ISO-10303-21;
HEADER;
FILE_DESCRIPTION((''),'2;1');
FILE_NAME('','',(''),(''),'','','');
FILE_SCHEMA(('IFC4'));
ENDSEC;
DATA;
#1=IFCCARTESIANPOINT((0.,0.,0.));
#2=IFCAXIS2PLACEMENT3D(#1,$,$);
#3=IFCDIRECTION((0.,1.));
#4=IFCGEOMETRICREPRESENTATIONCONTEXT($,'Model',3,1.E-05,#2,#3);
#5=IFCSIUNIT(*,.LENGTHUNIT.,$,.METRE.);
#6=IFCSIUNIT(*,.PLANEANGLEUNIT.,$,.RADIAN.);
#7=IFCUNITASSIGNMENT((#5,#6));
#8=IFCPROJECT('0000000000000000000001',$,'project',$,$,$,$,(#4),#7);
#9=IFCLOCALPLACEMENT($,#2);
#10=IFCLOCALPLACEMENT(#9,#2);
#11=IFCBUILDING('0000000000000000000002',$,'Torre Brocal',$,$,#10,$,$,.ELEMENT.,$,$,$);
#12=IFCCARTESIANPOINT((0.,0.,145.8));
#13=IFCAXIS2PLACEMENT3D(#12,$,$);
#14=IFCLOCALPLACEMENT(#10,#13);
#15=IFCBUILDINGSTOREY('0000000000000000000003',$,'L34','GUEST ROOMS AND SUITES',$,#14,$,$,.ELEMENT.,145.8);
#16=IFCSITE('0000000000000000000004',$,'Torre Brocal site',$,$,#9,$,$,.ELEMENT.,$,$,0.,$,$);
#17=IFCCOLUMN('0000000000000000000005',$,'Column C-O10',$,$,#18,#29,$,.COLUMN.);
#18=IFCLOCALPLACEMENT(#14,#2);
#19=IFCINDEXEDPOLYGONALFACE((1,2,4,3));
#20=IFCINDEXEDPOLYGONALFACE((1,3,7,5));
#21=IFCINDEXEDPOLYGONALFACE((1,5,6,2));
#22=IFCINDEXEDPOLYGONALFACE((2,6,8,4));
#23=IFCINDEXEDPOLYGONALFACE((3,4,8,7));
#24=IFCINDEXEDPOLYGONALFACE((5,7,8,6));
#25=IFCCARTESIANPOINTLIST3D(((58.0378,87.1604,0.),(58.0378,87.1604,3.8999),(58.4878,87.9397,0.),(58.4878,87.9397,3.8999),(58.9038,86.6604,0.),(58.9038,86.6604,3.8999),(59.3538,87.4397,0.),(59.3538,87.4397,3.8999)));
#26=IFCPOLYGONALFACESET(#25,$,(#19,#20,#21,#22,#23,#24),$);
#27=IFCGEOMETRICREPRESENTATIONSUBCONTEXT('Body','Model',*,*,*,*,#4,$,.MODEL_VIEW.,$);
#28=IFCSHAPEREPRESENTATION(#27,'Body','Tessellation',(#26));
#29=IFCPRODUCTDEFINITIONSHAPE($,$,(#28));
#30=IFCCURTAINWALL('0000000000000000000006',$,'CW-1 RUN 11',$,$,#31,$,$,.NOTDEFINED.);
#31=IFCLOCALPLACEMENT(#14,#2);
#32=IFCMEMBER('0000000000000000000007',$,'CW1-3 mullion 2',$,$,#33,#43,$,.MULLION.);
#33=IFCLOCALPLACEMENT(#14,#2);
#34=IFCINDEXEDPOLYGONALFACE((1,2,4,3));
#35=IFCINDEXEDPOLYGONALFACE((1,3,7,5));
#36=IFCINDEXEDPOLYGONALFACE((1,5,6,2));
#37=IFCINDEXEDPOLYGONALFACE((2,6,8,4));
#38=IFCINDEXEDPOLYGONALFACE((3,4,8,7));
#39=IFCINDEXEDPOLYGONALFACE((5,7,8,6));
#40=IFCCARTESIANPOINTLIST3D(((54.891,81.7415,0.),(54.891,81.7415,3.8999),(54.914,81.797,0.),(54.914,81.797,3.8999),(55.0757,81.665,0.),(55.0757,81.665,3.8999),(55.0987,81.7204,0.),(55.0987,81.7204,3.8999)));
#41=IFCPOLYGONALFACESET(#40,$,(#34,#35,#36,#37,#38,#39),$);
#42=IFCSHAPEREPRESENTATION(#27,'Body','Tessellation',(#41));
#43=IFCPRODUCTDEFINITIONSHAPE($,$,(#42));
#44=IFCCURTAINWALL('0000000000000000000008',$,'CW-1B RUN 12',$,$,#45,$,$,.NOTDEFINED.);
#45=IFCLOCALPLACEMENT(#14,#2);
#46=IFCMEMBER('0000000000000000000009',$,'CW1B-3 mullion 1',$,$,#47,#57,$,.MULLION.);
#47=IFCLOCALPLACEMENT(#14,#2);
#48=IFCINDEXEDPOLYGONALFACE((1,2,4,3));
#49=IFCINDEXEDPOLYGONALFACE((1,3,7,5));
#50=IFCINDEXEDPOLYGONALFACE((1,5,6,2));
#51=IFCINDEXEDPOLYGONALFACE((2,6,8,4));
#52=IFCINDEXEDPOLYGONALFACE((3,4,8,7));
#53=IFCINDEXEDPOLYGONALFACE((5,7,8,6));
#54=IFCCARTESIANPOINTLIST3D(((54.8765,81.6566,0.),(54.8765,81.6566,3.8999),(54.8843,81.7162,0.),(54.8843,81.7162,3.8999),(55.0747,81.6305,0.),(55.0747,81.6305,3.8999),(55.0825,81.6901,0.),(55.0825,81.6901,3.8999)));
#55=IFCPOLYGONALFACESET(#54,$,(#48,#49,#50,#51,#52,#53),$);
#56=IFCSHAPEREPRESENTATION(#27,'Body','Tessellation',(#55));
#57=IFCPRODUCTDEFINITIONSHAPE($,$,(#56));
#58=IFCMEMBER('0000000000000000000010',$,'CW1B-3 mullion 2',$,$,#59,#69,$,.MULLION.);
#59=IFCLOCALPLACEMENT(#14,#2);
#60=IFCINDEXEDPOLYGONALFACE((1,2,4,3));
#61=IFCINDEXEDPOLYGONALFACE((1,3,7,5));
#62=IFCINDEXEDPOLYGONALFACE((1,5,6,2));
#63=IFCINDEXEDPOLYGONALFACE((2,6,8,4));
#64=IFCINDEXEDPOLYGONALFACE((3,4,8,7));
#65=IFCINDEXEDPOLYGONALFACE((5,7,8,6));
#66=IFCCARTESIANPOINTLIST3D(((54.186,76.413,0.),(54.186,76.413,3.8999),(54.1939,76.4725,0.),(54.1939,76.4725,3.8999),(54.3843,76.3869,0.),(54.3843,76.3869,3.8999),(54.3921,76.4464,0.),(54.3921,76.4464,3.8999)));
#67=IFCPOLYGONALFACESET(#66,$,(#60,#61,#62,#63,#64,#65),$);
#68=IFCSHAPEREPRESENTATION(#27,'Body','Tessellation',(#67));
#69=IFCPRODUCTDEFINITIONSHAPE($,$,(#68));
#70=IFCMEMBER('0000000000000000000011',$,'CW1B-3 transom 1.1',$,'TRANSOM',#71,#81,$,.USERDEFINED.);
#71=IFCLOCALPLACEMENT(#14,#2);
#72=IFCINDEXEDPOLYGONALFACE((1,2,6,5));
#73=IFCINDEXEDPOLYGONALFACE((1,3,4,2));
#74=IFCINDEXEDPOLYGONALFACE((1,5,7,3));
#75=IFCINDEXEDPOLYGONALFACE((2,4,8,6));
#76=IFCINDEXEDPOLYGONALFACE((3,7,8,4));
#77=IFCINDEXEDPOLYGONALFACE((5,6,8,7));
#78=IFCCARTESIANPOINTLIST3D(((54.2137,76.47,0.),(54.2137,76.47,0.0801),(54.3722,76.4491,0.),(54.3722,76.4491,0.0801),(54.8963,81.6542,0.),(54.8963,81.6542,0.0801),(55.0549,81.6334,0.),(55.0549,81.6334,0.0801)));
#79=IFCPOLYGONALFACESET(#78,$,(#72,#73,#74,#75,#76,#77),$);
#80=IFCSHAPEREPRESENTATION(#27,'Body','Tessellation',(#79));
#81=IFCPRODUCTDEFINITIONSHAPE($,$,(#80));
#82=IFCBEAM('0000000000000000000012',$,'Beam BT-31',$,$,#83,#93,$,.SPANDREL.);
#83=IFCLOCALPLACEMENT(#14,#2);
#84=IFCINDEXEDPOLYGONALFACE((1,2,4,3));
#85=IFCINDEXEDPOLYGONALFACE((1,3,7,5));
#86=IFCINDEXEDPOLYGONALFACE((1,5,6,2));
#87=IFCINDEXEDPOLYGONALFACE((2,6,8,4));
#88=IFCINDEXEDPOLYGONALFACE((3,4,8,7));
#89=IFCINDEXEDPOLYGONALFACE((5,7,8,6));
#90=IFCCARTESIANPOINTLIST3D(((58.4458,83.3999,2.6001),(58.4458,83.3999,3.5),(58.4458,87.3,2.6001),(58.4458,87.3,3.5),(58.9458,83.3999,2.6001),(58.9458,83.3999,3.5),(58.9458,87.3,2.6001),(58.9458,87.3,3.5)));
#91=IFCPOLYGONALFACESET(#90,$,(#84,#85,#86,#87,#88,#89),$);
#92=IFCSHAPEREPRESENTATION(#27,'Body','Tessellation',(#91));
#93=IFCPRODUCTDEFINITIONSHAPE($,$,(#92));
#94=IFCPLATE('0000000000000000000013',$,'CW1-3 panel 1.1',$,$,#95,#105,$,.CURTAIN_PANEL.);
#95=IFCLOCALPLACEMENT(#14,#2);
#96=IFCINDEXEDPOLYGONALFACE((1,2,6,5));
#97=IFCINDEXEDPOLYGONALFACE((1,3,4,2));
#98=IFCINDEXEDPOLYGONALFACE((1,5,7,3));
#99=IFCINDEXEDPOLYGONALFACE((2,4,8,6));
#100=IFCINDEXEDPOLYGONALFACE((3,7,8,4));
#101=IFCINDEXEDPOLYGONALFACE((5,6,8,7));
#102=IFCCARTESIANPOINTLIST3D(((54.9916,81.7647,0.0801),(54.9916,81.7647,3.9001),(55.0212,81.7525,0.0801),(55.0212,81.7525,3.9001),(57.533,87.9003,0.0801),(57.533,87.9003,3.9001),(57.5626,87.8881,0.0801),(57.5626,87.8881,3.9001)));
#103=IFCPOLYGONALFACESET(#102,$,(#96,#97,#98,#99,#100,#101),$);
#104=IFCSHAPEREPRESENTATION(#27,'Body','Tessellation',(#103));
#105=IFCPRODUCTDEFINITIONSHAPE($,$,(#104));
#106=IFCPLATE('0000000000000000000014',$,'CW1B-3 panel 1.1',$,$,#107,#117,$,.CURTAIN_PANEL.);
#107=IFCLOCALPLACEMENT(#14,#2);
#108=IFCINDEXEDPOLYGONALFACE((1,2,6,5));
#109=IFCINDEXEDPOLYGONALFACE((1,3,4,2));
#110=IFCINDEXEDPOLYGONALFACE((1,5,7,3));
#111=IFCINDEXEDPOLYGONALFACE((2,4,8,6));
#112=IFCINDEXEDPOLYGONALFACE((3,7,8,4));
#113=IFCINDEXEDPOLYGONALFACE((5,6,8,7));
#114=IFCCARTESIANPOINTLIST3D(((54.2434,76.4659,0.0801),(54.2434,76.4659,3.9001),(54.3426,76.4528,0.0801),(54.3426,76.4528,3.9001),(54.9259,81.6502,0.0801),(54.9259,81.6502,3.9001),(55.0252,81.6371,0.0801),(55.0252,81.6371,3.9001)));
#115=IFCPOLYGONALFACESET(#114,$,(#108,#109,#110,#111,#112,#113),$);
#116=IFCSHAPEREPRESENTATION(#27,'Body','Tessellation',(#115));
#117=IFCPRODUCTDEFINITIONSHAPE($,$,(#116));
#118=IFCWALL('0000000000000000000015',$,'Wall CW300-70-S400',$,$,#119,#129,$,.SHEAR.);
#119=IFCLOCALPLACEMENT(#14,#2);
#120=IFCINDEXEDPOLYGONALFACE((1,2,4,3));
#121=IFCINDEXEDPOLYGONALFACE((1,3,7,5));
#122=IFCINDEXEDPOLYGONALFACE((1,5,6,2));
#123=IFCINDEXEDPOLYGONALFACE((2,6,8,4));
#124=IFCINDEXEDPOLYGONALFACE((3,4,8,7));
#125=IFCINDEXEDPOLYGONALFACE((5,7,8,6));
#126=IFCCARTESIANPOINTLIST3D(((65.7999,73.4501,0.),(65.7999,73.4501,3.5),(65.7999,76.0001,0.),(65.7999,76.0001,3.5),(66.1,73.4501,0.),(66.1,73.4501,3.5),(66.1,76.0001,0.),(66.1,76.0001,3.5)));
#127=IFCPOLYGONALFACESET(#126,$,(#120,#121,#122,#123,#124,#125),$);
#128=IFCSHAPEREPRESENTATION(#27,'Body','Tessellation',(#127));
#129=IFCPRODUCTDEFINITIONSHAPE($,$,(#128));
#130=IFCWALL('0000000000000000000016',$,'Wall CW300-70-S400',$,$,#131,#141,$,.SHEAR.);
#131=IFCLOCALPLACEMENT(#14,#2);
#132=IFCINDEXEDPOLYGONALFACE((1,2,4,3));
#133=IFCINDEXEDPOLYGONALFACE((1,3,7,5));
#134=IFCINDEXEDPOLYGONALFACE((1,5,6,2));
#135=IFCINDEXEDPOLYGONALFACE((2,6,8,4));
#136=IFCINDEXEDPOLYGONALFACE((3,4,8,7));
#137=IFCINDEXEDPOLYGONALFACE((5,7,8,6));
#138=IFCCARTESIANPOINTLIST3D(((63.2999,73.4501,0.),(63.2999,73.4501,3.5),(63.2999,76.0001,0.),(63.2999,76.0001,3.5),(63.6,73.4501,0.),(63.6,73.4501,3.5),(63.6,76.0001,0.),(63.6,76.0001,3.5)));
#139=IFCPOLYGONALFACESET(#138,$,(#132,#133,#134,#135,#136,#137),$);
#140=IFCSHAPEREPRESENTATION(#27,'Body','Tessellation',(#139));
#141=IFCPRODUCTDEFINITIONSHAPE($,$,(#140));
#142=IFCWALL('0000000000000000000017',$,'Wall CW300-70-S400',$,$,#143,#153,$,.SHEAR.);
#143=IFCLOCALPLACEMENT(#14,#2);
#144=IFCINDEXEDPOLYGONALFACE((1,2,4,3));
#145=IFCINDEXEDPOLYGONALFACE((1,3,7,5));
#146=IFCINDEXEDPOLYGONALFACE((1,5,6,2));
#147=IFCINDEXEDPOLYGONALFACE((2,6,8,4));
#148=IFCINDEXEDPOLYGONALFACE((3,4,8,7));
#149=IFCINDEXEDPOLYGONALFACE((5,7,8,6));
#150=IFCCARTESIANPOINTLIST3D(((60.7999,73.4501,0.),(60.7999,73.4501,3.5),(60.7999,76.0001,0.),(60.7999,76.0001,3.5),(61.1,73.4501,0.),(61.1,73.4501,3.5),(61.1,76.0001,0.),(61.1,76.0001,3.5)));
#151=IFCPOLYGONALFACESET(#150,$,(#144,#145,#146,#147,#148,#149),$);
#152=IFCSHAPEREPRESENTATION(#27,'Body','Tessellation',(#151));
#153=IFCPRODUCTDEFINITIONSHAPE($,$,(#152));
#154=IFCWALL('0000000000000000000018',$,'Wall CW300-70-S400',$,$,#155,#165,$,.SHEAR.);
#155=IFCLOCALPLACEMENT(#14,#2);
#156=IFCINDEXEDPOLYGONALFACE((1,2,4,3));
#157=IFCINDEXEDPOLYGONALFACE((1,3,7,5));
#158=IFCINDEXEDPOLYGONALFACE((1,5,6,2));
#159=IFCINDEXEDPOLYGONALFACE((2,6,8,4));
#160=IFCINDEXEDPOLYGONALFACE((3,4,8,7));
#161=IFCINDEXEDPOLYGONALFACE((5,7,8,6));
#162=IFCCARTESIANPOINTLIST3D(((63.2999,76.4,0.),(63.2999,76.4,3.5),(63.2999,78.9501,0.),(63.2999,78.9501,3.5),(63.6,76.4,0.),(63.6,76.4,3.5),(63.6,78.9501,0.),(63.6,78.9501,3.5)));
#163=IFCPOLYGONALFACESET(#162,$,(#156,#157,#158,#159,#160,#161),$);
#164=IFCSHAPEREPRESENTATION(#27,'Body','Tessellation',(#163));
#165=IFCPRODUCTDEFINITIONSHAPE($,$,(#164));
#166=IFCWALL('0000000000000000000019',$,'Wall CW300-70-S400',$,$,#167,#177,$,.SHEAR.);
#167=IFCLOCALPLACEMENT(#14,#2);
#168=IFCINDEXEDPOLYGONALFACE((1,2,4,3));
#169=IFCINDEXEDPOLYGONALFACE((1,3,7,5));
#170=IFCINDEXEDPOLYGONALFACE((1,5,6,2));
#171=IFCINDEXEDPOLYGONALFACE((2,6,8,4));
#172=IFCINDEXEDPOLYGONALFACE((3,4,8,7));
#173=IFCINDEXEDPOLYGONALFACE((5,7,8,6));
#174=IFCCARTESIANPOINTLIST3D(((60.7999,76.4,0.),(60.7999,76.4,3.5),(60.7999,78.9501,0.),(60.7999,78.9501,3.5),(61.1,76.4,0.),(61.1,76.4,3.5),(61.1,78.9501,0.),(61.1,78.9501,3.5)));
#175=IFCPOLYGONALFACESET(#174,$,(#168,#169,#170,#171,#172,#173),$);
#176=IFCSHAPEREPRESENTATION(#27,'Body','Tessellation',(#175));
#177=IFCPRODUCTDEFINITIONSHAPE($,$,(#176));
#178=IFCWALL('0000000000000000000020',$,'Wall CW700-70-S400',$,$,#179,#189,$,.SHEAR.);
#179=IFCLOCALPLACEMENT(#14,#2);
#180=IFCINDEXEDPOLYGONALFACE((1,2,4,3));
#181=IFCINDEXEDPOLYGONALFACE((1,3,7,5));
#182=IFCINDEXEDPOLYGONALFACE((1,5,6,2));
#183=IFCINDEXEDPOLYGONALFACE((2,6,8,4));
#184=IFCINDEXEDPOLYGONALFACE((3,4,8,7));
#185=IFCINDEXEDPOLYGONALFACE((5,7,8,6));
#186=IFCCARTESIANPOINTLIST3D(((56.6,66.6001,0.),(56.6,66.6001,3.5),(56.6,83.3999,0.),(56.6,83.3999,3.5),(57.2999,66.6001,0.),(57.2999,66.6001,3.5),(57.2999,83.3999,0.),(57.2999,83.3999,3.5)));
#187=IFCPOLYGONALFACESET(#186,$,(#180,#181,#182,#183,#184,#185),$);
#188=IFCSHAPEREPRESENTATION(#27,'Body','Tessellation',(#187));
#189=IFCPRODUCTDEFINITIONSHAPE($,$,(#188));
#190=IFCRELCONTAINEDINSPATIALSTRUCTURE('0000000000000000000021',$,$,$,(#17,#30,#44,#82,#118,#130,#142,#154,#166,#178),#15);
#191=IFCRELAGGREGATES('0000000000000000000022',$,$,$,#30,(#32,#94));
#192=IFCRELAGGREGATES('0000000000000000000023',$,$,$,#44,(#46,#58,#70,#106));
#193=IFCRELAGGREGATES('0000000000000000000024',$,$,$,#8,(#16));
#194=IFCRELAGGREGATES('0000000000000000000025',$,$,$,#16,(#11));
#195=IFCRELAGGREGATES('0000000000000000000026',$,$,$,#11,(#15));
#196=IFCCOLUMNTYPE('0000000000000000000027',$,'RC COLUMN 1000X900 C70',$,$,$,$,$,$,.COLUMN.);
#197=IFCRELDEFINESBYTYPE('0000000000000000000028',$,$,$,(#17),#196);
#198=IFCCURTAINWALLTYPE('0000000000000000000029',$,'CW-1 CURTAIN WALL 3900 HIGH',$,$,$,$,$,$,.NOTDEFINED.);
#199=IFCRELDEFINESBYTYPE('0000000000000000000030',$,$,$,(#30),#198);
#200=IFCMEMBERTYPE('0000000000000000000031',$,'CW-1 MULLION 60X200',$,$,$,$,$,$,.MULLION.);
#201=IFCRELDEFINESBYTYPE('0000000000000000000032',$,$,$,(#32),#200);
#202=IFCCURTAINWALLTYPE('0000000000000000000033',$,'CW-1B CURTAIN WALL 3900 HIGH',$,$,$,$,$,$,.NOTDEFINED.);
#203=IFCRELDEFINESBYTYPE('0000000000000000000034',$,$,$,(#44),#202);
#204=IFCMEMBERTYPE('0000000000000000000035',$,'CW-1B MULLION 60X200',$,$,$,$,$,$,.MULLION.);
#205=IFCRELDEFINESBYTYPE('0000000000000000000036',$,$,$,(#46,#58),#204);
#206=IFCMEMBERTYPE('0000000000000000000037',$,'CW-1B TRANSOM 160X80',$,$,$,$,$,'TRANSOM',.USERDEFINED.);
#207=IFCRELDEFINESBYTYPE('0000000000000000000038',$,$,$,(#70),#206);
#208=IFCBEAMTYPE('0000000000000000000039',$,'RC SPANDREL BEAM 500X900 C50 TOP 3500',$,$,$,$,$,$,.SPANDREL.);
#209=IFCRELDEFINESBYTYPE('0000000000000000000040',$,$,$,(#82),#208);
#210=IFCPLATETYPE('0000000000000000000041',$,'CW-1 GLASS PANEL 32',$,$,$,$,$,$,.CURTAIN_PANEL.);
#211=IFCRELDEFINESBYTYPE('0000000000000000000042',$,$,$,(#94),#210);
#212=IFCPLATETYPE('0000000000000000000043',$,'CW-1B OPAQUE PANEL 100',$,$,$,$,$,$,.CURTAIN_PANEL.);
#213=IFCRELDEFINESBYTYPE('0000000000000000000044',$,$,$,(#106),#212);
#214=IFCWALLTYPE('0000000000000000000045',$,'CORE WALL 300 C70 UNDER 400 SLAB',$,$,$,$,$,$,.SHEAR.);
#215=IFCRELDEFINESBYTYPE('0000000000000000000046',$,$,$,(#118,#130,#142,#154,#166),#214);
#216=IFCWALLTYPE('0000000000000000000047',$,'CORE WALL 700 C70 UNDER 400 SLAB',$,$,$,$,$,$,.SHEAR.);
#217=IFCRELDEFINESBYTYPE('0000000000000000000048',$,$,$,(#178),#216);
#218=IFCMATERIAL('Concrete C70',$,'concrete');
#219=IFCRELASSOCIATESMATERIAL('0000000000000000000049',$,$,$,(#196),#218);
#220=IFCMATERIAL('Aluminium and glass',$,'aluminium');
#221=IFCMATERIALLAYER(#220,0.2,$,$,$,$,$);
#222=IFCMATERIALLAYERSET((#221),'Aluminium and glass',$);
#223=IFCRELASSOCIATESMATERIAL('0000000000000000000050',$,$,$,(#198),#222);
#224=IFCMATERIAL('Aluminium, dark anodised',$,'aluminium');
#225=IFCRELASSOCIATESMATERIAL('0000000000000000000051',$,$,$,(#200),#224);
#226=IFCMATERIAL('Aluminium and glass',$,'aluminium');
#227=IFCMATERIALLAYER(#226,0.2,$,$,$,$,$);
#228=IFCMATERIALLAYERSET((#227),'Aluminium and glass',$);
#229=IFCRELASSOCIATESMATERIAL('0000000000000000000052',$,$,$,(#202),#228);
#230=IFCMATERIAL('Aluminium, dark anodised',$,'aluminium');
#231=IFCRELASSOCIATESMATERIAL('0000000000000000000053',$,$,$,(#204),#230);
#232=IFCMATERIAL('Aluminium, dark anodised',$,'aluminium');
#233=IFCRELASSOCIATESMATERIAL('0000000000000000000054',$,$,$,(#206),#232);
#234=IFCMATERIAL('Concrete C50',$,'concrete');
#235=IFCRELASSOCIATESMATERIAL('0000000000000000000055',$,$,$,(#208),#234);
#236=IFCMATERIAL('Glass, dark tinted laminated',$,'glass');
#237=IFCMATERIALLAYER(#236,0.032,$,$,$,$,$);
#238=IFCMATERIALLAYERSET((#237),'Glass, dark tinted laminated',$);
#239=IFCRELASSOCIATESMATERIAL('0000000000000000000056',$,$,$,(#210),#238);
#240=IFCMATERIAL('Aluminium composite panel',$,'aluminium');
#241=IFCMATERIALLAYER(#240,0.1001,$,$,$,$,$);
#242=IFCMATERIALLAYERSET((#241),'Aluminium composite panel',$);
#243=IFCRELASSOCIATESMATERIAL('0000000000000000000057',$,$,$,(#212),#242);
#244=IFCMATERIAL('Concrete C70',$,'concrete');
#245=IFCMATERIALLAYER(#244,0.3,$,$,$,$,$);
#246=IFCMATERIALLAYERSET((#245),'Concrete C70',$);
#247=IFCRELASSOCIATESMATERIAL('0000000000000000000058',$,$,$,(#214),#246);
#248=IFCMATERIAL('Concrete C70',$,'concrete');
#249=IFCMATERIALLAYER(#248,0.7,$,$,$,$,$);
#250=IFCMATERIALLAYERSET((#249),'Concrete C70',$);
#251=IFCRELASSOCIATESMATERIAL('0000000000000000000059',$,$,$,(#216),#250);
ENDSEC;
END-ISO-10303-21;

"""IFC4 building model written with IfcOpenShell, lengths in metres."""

from ifc_helpers import new_model, si_unit, direction, frame, frame_2d, origin, origin_2d, place, context, subcontext, project, spatial, rectangle, extrude, material, layer, layer_set, material_profile, profile_set, type_object, element, aggregate, save


model = new_model("IFC4")

# Units and contexts
model_context = context("Model", 3, precision=1e-05, world=origin(), true_north=direction((0.0, 1.0)))
body_context = subcontext(model_context, "Body", "Model", "MODEL_VIEW")
ifc_project = project(units=[si_unit("LENGTHUNIT", "METRE"), si_unit("PLANEANGLEUNIT", "RADIAN")], contexts=[model_context])

# Site, building, storey
site_placement = place(None, origin())
site = spatial("IfcSite", under=ifc_project, at=site_placement, Name="Torre Brocal site", CompositionType="ELEMENT", RefElevation=0.0)
building_placement = place(site_placement, origin())
building = spatial("IfcBuilding", under=site, at=building_placement, Name="Torre Brocal", CompositionType="ELEMENT")
storey_placement = place(building_placement, frame((0.0, 0.0, 145.8)))
storey = spatial("IfcBuildingStorey", under=building, at=storey_placement, Name="L34", Description="GUEST ROOMS AND SUITES", CompositionType="ELEMENT", Elevation=145.8)

# Column
ifc_material_1 = material(Name="Concrete C70", Category="concrete")
ifc_material_profile_1 = material_profile(ifc_material_1, rectangle(XDim=1.0, YDim=0.8999, at=origin_2d()), Name="RC 1000X900")
ifc_profile_set_1 = profile_set([ifc_material_profile_1], Name="Concrete C70")
column_type = type_object("IfcColumnType", Name="RC COLUMN 1000X900 C70", PredefinedType="COLUMN", material=ifc_profile_set_1)
column_placement = place(storey_placement, frame((58.6958, 87.3, 0.0), z_axis=(0.0, 0.0, 1.0), x_axis=(-0.866025, 0.5, 0.0)))
element("IfcColumn", 1, at=column_placement, inside=storey, type_object=column_type, Name="Column C-O10", PredefinedType="COLUMN", context=body_context, shape_type="SweptSolid", body=[
    extrude(rectangle(XDim=1.0, YDim=0.8999, at=origin_2d()), origin(), (0.0, 0.0, 1.0), 3.8999),
])

# Curtain wall, member
ifc_material_2 = material(Name="Aluminium and glass", Category="aluminium")
ifc_layer_1 = layer(ifc_material_2, 0.2)
ifc_layer_set_1 = layer_set([ifc_layer_1], Name="Aluminium and glass")
curtain_wall_type_1 = type_object("IfcCurtainWallType", Name="CW-1 CURTAIN WALL 3900 HIGH", PredefinedType="NOTDEFINED", material=ifc_layer_set_1)
curtain_wall_1_placement = place(storey_placement, origin())
curtain_wall_1 = element("IfcCurtainWall", 2, at=curtain_wall_1_placement, inside=storey, type_object=curtain_wall_type_1, Name="CW-1 RUN 11", PredefinedType="NOTDEFINED")
ifc_material_3 = material(Name="Aluminium, dark anodised", Category="aluminium")
ifc_material_profile_2 = material_profile(ifc_material_3, rectangle(XDim=0.2, YDim=0.0601, at=origin_2d()), Name="CW-1 MULLION 60X200")
ifc_profile_set_2 = profile_set([ifc_material_profile_2], Name="Aluminium, dark anodised")
member_type_1 = type_object("IfcMemberType", Name="CW-1 MULLION 60X200", PredefinedType="MULLION", material=ifc_profile_set_2)
member_1_placement = place(storey_placement, frame((54.9949, 81.731, 0.0), z_axis=(0.0, 0.0, 1.0), x_axis=(0.92388, -0.382683, 0.0)))
member_1 = element("IfcMember", 3, at=member_1_placement, type_object=member_type_1, Name="CW1-3 mullion 2", PredefinedType="MULLION", context=body_context, shape_type="SweptSolid", body=[
    extrude(rectangle(XDim=0.2, YDim=0.0601, at=origin_2d()), origin(), (0.0, 0.0, 1.0), 3.8999),
])

# Curtain wall, members
ifc_material_4 = material(Name="Aluminium and glass", Category="aluminium")
ifc_layer_2 = layer(ifc_material_4, 0.2)
ifc_layer_set_2 = layer_set([ifc_layer_2], Name="Aluminium and glass")
curtain_wall_type_2 = type_object("IfcCurtainWallType", Name="CW-1B CURTAIN WALL 3900 HIGH", PredefinedType="NOTDEFINED", material=ifc_layer_set_2)
curtain_wall_2_placement = place(storey_placement, origin())
curtain_wall_2 = element("IfcCurtainWall", 4, at=curtain_wall_2_placement, inside=storey, type_object=curtain_wall_type_2, Name="CW-1B RUN 12", PredefinedType="NOTDEFINED")
ifc_material_5 = material(Name="Aluminium, dark anodised", Category="aluminium")
ifc_material_profile_3 = material_profile(ifc_material_5, rectangle(XDim=0.2, YDim=0.0601, at=origin_2d()), Name="CW-1B MULLION 60X200")
ifc_profile_set_3 = profile_set([ifc_material_profile_3], Name="Aluminium, dark anodised")
member_type_2 = type_object("IfcMemberType", Name="CW-1B MULLION 60X200", PredefinedType="MULLION", material=ifc_profile_set_3)
member_2_placement = place(storey_placement, frame((54.9795, 81.6733, 0.0), z_axis=(0.0, 0.0, 1.0), x_axis=(0.991445, -0.130526, 0.0)))
member_2 = element("IfcMember", 5, at=member_2_placement, type_object=member_type_2, Name="CW1B-3 mullion 1", PredefinedType="MULLION", context=body_context, shape_type="SweptSolid", body=[
    extrude(rectangle(XDim=0.2, YDim=0.0601, at=origin_2d()), origin(), (0.0, 0.0, 1.0), 3.8999),
])
member_3_placement = place(storey_placement, frame((54.2891, 76.4297, 0.0), z_axis=(0.0, 0.0, 1.0), x_axis=(0.991445, -0.130526, 0.0)))
member_3 = element("IfcMember", 6, at=member_3_placement, type_object=member_type_2, Name="CW1B-3 mullion 2", PredefinedType="MULLION", context=body_context, shape_type="SweptSolid", body=[
    extrude(rectangle(XDim=0.2, YDim=0.0601, at=origin_2d()), origin(), (0.0, 0.0, 1.0), 3.8999),
])
ifc_material_6 = material(Name="Aluminium, dark anodised", Category="aluminium")
ifc_material_profile_4 = material_profile(ifc_material_6, rectangle(XDim=0.1599, YDim=0.0801, at=origin_2d()), Name="CW-1B TRANSOM 160X80")
ifc_profile_set_4 = profile_set([ifc_material_profile_4], Name="Aluminium, dark anodised")
member_type_3 = type_object("IfcMemberType", Name="CW-1B TRANSOM 160X80", ElementType="TRANSOM", PredefinedType="USERDEFINED", material=ifc_profile_set_4)
member_4_placement = place(storey_placement, frame((54.9756, 81.6438, 0.04), z_axis=(-0.130543, -0.991443, 0.0), x_axis=(0.991443, -0.130543, 0.0)))
member_4 = element("IfcMember", 7, at=member_4_placement, type_object=member_type_3, Name="CW1B-3 transom 1.1", ObjectType="TRANSOM", PredefinedType="USERDEFINED", context=body_context, shape_type="SweptSolid", body=[
    extrude(rectangle(XDim=0.1599, YDim=0.0801, at=origin_2d()), origin(), (0.0, 0.0, 1.0), 5.229),
])

# Beam
ifc_material_7 = material(Name="Concrete C50", Category="concrete")
ifc_material_profile_5 = material_profile(ifc_material_7, rectangle(XDim=0.5, YDim=0.8999, at=origin_2d()), Name="RC 500X900")
ifc_profile_set_5 = profile_set([ifc_material_profile_5], Name="Concrete C50")
beam_type = type_object("IfcBeamType", Name="RC SPANDREL BEAM 500X900 C50 TOP 3500", PredefinedType="SPANDREL", material=ifc_profile_set_5)
beam_placement = place(storey_placement, frame((58.6958, 87.3, 3.05), z_axis=(0.0, -1.0, 0.0), x_axis=(1.0, 0.0, 0.0)))
element("IfcBeam", 8, at=beam_placement, inside=storey, type_object=beam_type, Name="Beam BT-31", PredefinedType="SPANDREL", context=body_context, shape_type="SweptSolid", body=[
    extrude(rectangle(XDim=0.5, YDim=0.8999, at=origin_2d()), origin(), (0.0, 0.0, 1.0), 3.9001),
])

# Plates
ifc_material_8 = material(Name="Glass, dark tinted laminated", Category="glass")
ifc_layer_3 = layer(ifc_material_8, 0.032)
ifc_layer_set_3 = layer_set([ifc_layer_3], Name="Glass, dark tinted laminated")
plate_type_1 = type_object("IfcPlateType", Name="CW-1 GLASS PANEL 32", PredefinedType="CURTAIN_PANEL", material=ifc_layer_set_3)
plate_1_placement = place(storey_placement, frame((56.2771, 84.8264, 0.0801), z_axis=(0.0, 0.0, 1.0), x_axis=(-0.382683, -0.92388, 0.0)))
plate_1 = element("IfcPlate", 9, at=plate_1_placement, type_object=plate_type_1, Name="CW1-3 panel 1.1", PredefinedType="CURTAIN_PANEL", context=body_context, shape_type="SweptSolid", body=[
    extrude(rectangle(XDim=6.6411, YDim=0.032, at=origin_2d()), origin(), (0.0, 0.0, 1.0), 3.8201),
])
aggregate(curtain_wall_1, [member_1, plate_1])
ifc_material_9 = material(Name="Aluminium composite panel", Category="aluminium")
ifc_layer_4 = layer(ifc_material_9, 0.1001)
ifc_layer_set_4 = layer_set([ifc_layer_4], Name="Aluminium composite panel")
plate_type_2 = type_object("IfcPlateType", Name="CW-1B OPAQUE PANEL 100", PredefinedType="CURTAIN_PANEL", material=ifc_layer_set_4)
plate_2_placement = place(storey_placement, frame((54.6343, 79.0515, 0.0801), z_axis=(0.0, 0.0, 1.0), x_axis=(-0.130526, -0.991445, 0.0)))
plate_2 = element("IfcPlate", 10, at=plate_2_placement, type_object=plate_type_2, Name="CW1B-3 panel 1.1", PredefinedType="CURTAIN_PANEL", context=body_context, shape_type="SweptSolid", body=[
    extrude(rectangle(XDim=5.229, YDim=0.1001, at=origin_2d()), origin(), (0.0, 0.0, 1.0), 3.8201),
])
aggregate(curtain_wall_2, [member_2, member_3, member_4, plate_2])

# Walls
ifc_material_10 = material(Name="Concrete C70", Category="concrete")
ifc_layer_5 = layer(ifc_material_10, 0.3)
ifc_layer_set_5 = layer_set([ifc_layer_5], Name="Concrete C70")
wall_type_1 = type_object("IfcWallType", Name="CORE WALL 300 C70 UNDER 400 SLAB", PredefinedType="SHEAR", material=ifc_layer_set_5)
for number, where, z_axis, x_axis, name in (
    (11, (65.95, 76.0, 0.0), (0.0, 0.0, 1.0), (0.0, -1.0, 0.0), "Wall CW300-70-S400"),
    (12, (63.45, 76.0, 0.0), (0.0, 0.0, 1.0), (0.0, -1.0, 0.0), "Wall CW300-70-S400"),
    (13, (60.95, 76.0, 0.0), (0.0, 0.0, 1.0), (0.0, -1.0, 0.0), "Wall CW300-70-S400"),
    (14, (63.45, 78.95, 0.0), (0.0, 0.0, 1.0), (0.0, -1.0, 0.0), "Wall CW300-70-S400"),
    (15, (60.95, 78.95, 0.0), (0.0, 0.0, 1.0), (0.0, -1.0, 0.0), "Wall CW300-70-S400"),
):
    element("IfcWall", number, at=place(storey_placement, frame(where, z_axis=z_axis, x_axis=x_axis)), inside=storey, type_object=wall_type_1, Name=name, PredefinedType="SHEAR", context=body_context, shape_type="SweptSolid", body=[
        extrude(rectangle(XDim=2.55, YDim=0.3, at=frame_2d((1.2749, 0.0))), origin(), (0.0, 0.0, 1.0), 3.5),
    ])
ifc_material_11 = material(Name="Concrete C70", Category="concrete")
ifc_layer_6 = layer(ifc_material_11, 0.7)
ifc_layer_set_6 = layer_set([ifc_layer_6], Name="Concrete C70")
wall_type_2 = type_object("IfcWallType", Name="CORE WALL 700 C70 UNDER 400 SLAB", PredefinedType="SHEAR", material=ifc_layer_set_6)
wall_1_placement = place(storey_placement, frame((56.95, 83.3999, 0.0), z_axis=(0.0, 0.0, 1.0), x_axis=(0.0, -1.0, 0.0)))
element("IfcWall", 16, at=wall_1_placement, inside=storey, type_object=wall_type_2, Name="Wall CW700-70-S400", PredefinedType="SHEAR", context=body_context, shape_type="SweptSolid", body=[
    extrude(rectangle(XDim=16.7998, YDim=0.7, at=frame_2d((8.3999, 0.0))), origin(), (0.0, 0.0, 1.0), 3.5),
])

save(model, "model.ifc")
